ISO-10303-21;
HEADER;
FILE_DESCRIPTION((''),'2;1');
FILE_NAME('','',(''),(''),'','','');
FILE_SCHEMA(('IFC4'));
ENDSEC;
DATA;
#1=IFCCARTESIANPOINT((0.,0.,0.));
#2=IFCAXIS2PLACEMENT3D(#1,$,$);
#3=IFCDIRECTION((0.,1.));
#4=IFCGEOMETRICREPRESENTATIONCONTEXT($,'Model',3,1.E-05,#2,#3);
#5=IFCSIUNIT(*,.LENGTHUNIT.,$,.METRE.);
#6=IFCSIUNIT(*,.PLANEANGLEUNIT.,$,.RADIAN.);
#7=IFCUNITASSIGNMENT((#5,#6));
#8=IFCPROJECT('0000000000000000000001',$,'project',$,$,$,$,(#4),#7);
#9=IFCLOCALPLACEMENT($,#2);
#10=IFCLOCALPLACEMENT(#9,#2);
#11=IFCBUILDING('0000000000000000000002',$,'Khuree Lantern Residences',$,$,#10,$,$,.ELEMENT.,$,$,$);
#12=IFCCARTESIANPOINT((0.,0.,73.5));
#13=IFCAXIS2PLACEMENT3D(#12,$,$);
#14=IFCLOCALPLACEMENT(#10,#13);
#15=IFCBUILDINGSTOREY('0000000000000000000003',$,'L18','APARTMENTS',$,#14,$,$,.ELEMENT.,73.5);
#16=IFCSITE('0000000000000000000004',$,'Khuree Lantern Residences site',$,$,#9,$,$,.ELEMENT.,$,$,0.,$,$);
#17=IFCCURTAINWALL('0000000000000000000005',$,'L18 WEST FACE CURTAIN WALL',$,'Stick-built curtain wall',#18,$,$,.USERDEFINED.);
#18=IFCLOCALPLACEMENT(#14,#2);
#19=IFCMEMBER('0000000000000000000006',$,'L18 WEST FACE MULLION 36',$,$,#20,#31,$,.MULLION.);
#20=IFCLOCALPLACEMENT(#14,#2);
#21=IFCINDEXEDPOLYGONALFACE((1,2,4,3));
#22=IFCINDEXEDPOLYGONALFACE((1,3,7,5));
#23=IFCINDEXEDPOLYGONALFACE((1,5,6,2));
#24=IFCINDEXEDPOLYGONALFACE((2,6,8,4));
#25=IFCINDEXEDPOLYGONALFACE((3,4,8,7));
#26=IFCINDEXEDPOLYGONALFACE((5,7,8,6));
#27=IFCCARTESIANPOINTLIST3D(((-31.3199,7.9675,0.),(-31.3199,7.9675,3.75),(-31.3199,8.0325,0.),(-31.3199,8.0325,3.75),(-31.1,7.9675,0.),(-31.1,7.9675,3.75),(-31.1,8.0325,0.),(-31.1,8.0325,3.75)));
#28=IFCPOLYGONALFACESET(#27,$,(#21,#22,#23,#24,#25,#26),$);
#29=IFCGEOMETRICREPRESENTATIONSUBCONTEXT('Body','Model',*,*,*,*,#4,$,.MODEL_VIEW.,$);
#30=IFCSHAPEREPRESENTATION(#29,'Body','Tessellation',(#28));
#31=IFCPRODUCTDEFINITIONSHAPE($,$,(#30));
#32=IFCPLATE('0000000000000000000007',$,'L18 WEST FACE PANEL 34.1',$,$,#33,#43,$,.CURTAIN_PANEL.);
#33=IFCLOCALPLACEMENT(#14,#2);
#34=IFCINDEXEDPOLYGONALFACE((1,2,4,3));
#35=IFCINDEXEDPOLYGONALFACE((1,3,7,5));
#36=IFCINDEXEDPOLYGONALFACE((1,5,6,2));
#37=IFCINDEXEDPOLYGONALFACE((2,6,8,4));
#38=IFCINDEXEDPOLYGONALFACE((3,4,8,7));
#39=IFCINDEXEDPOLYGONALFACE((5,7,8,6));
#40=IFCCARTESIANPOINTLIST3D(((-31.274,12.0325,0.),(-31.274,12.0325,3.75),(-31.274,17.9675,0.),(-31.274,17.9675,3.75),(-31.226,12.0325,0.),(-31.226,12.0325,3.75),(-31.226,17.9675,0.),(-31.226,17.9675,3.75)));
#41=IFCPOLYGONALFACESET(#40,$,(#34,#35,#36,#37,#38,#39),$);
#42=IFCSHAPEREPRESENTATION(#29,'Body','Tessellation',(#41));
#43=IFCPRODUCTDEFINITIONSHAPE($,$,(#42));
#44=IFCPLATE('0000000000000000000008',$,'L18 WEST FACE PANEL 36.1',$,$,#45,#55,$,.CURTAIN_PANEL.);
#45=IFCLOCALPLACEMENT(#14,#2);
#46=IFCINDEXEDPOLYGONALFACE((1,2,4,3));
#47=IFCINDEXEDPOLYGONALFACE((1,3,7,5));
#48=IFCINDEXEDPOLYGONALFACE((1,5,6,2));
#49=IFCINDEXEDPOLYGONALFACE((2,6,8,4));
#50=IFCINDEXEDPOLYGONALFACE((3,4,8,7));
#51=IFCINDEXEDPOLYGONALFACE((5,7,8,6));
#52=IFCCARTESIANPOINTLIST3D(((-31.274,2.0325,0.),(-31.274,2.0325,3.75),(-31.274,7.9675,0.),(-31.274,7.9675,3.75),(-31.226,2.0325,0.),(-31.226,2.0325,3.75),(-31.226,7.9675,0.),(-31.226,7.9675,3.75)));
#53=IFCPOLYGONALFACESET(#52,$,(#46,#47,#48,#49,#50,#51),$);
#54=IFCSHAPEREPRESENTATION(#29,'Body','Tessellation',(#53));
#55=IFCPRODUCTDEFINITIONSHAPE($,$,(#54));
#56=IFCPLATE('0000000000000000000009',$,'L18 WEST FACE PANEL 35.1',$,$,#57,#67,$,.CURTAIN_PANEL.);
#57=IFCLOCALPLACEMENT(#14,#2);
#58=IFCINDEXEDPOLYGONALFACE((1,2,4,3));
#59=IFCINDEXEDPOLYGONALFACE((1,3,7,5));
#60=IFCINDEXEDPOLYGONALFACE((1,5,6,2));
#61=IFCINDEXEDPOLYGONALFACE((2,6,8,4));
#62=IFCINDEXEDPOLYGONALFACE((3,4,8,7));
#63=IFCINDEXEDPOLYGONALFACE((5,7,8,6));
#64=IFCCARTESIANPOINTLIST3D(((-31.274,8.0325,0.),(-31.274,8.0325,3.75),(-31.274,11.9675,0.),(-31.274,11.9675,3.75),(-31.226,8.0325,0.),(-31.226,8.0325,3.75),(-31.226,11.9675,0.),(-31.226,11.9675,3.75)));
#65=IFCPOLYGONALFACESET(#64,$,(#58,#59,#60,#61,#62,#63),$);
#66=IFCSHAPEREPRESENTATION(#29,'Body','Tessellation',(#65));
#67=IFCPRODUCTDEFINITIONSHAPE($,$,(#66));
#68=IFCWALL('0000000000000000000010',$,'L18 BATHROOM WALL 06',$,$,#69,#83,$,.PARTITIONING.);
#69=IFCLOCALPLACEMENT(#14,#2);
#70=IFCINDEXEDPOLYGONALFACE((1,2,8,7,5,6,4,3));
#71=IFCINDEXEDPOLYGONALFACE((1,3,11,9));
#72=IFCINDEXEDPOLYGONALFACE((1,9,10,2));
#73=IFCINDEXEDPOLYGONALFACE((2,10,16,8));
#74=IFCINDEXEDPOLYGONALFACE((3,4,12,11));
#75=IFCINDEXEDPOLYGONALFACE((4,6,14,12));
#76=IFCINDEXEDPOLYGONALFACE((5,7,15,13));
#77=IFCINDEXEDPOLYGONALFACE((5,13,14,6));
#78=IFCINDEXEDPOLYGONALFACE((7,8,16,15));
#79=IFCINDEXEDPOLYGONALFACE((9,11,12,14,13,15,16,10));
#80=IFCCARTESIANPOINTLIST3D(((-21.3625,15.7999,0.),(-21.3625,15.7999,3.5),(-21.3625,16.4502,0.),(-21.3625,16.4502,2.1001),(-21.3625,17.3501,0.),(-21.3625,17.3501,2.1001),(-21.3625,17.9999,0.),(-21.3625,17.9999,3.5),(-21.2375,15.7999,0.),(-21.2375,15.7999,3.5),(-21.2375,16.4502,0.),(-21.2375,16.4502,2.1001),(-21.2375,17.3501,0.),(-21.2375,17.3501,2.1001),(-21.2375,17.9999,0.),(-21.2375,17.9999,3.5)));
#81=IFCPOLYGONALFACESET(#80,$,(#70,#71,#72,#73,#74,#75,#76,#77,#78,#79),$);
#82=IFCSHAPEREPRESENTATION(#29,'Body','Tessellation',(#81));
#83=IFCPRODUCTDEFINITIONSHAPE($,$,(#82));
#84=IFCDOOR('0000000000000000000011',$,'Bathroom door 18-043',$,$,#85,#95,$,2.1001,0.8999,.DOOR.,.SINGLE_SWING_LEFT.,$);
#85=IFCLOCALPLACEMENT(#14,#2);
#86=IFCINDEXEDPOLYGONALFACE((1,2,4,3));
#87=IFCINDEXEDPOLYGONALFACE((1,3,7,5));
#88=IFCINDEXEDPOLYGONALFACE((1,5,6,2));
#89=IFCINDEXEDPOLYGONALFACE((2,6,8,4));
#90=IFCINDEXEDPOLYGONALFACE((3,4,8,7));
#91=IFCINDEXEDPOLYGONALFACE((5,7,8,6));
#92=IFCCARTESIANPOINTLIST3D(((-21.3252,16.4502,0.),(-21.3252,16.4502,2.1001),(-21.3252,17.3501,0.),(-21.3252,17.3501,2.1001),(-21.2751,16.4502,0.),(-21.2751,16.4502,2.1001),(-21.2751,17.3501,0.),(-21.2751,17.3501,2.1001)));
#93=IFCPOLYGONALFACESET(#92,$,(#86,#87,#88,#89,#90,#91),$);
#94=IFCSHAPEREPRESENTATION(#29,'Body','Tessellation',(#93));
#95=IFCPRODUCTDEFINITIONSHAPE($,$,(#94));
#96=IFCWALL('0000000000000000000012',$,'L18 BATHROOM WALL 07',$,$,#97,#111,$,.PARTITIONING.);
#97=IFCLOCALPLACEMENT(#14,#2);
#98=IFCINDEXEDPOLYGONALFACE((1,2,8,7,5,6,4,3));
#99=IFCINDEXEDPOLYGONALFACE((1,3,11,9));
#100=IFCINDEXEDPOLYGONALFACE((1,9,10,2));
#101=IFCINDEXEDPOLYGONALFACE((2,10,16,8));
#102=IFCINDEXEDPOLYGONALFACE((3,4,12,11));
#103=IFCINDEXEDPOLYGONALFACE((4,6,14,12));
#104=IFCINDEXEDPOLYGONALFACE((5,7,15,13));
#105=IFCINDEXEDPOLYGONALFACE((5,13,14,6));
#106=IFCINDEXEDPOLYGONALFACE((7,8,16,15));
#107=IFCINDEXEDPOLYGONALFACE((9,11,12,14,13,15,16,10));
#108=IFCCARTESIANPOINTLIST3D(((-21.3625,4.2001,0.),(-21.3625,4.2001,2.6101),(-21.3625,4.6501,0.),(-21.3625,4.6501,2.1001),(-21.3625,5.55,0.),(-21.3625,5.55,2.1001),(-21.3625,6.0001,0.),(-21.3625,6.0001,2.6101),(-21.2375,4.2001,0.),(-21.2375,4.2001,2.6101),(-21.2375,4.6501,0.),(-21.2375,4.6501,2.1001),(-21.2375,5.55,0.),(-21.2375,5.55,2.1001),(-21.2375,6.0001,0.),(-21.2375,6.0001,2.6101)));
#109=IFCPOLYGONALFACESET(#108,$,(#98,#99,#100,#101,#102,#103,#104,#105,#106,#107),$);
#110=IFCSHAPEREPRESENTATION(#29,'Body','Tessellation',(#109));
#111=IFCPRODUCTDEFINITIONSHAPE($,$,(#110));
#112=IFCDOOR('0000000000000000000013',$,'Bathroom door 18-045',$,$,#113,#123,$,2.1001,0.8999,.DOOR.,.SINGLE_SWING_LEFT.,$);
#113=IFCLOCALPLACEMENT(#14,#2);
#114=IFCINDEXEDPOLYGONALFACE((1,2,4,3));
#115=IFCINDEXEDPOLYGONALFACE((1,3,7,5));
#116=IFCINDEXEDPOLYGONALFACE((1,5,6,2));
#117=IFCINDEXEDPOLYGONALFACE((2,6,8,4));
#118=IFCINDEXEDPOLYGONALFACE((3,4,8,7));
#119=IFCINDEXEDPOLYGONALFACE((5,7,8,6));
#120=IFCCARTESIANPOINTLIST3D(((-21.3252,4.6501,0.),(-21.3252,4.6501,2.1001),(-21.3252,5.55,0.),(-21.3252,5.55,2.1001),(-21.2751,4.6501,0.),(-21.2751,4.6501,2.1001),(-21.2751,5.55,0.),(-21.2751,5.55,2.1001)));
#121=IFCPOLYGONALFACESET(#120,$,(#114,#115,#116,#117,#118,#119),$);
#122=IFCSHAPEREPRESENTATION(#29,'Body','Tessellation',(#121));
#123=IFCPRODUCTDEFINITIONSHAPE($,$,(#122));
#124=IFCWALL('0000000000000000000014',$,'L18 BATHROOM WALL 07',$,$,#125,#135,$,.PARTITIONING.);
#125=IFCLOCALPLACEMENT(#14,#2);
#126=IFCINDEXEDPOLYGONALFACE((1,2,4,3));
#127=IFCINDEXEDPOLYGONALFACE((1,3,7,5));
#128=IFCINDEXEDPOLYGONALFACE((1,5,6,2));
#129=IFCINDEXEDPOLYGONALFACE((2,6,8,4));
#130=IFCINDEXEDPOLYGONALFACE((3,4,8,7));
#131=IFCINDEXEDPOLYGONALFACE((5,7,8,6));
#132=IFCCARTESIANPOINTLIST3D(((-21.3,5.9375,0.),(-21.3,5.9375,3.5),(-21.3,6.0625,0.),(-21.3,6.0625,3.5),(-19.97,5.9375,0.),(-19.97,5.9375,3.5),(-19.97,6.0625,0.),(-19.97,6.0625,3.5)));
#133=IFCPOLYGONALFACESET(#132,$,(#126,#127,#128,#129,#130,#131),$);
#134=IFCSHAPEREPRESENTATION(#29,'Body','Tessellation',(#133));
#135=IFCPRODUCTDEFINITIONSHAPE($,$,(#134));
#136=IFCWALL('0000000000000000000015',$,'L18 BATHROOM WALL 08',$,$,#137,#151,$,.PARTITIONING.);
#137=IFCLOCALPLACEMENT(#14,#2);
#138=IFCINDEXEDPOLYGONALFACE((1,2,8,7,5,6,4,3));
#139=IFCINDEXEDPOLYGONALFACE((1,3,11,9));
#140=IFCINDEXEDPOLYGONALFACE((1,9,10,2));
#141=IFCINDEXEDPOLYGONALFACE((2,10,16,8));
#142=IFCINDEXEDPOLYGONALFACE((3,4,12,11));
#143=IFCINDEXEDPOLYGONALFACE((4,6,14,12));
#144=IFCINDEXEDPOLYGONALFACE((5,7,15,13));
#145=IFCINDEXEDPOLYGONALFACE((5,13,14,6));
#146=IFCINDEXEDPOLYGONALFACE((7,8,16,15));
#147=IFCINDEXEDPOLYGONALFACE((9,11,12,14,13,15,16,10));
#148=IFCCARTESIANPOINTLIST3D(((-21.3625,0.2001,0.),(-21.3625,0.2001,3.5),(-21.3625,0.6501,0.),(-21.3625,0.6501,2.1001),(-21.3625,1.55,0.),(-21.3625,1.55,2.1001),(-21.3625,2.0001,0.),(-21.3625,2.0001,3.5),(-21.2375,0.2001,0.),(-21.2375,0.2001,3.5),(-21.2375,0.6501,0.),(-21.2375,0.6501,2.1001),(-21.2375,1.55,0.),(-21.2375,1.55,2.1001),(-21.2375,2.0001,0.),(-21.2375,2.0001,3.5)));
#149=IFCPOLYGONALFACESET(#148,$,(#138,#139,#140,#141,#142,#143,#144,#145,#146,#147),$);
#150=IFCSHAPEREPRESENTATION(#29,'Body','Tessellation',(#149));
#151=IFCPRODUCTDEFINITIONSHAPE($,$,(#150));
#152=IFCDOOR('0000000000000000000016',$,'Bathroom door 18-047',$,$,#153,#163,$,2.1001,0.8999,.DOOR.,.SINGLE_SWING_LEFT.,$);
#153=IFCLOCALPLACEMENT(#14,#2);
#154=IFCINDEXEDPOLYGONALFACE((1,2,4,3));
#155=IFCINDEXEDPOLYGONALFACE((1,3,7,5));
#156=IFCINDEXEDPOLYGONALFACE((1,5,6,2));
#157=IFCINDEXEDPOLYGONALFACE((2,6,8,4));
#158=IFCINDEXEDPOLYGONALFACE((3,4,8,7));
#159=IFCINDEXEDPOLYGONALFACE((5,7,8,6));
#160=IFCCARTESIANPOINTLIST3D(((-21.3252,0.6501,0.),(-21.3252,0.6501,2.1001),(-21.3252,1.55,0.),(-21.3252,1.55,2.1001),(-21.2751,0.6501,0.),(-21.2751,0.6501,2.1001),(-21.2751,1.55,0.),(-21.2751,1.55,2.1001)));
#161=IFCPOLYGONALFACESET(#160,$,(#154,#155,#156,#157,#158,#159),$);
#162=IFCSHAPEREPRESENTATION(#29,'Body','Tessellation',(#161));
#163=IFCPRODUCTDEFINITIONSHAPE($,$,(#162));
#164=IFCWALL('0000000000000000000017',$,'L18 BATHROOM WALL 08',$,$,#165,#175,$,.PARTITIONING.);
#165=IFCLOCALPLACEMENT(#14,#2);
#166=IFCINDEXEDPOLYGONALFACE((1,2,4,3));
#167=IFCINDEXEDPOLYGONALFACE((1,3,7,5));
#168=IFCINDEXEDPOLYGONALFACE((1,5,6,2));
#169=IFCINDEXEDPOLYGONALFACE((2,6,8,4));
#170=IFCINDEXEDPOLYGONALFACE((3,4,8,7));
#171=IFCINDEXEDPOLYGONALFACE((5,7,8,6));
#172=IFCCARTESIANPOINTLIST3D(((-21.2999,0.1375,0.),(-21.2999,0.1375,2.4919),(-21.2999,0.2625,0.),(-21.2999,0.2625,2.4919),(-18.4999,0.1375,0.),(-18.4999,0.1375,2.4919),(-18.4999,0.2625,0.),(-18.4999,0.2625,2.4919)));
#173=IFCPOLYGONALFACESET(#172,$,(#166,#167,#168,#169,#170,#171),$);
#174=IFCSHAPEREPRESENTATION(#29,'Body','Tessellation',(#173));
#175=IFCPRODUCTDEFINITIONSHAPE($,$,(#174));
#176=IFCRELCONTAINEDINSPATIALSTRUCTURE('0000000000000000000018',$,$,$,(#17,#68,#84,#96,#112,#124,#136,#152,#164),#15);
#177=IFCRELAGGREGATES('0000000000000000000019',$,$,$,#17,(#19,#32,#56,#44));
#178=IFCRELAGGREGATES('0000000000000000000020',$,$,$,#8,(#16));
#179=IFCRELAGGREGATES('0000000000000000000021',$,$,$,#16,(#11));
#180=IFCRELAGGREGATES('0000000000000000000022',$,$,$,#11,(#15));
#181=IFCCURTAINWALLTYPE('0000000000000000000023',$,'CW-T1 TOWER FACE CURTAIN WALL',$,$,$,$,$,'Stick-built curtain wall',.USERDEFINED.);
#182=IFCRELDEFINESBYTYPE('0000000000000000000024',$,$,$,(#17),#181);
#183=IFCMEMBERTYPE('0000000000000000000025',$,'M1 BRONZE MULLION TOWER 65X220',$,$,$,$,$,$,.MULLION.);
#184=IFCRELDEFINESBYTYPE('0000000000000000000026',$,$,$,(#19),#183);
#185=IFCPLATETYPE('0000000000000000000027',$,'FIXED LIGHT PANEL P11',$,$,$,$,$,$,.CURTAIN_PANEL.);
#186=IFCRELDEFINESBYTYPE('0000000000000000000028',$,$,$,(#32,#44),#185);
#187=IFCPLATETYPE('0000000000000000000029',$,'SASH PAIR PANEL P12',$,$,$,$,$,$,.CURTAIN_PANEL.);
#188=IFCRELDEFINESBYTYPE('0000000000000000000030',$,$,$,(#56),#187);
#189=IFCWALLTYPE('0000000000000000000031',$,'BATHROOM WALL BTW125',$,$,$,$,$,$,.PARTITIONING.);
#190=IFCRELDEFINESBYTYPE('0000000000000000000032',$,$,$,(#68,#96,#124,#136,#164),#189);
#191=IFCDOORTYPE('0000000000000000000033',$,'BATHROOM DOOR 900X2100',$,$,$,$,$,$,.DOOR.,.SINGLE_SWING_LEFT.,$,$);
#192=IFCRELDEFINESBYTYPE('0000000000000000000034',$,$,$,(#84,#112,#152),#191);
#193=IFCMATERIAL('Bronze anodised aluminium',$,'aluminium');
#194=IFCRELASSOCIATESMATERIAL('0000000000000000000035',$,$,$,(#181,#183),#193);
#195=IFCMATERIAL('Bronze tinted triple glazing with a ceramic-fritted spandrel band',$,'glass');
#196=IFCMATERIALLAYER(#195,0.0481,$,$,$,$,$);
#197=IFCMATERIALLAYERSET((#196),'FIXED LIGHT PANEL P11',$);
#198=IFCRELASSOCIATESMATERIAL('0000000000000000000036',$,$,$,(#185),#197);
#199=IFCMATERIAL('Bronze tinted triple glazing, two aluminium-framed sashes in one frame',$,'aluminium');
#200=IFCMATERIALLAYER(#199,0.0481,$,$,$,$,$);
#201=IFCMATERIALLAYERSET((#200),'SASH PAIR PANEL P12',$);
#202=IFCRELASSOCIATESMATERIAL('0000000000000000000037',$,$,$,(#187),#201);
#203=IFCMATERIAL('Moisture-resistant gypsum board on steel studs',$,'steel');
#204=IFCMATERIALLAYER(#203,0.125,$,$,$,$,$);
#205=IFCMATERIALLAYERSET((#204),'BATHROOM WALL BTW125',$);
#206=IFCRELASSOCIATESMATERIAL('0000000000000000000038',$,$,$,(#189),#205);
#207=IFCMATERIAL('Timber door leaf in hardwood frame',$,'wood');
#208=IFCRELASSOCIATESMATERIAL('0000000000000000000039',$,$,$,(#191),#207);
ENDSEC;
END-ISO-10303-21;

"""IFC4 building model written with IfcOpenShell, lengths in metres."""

from ifc_helpers import new_model, si_unit, direction, frame, frame_2d, origin, origin_2d, place, context, subcontext, project, spatial, rectangle, extrude, material, layer, layer_set, material_profile, profile_set, type_object, element, fill, aggregate, save


model = new_model("IFC4")

# Units and contexts
model_context = context("Model", 3, precision=1e-05, world=origin(), true_north=direction((0.0, 1.0)))
body_context = subcontext(model_context, "Body", "Model", "MODEL_VIEW")
ifc_project = project(units=[si_unit("LENGTHUNIT", "METRE"), si_unit("PLANEANGLEUNIT", "RADIAN")], contexts=[model_context])

# Site, building, storey
site_placement = place(None, origin())
site = spatial("IfcSite", under=ifc_project, at=site_placement, Name="Khuree Lantern Residences site", CompositionType="ELEMENT", RefElevation=0.0)
building_placement = place(site_placement, origin())
building = spatial("IfcBuilding", under=site, at=building_placement, Name="Khuree Lantern Residences", CompositionType="ELEMENT")
storey_placement = place(building_placement, frame((0.0, 0.0, 73.5)))
storey = spatial("IfcBuildingStorey", under=building, at=storey_placement, Name="L18", Description="APARTMENTS", CompositionType="ELEMENT", Elevation=73.5)

# Curtain wall
ifc_material_1 = material(Name="Bronze anodised aluminium", Category="aluminium")
curtain_wall_type = type_object("IfcCurtainWallType", Name="CW-T1 TOWER FACE CURTAIN WALL", ElementType="Stick-built curtain wall", PredefinedType="USERDEFINED", material=ifc_material_1)
curtain_wall_placement = place(storey_placement, origin())
curtain_wall = element("IfcCurtainWall", 1, at=curtain_wall_placement, inside=storey, type_object=curtain_wall_type, Name="L18 WEST FACE CURTAIN WALL", ObjectType="Stick-built curtain wall", PredefinedType="USERDEFINED")

# Member
ifc_material_profile_1 = material_profile(ifc_material_1, rectangle(XDim=0.0649, YDim=0.22, at=origin_2d()), Name="M1 65X220")
ifc_profile_set_1 = profile_set([ifc_material_profile_1], Name="Bronze anodised aluminium")
member_type_1 = type_object("IfcMemberType", Name="M1 BRONZE MULLION TOWER 65X220", PredefinedType="MULLION", material=ifc_profile_set_1)
member_1_placement = place(storey_placement, frame((-31.21, 8.0, 0.0), z_axis=(0.0, 0.0, 1.0), x_axis=(0.0, -1.0, 0.0)))
member_1 = element("IfcMember", 2, at=member_1_placement, type_object=member_type_1, Name="L18 WEST FACE MULLION 36", PredefinedType="MULLION", context=body_context, shape_type="SweptSolid", body=[
    extrude(rectangle(XDim=0.0649, YDim=0.22, at=origin_2d()), origin(), (0.0, 0.0, 1.0), 3.75),
])

# Plates
ifc_material_2 = material(Name="Bronze tinted triple glazing with a ceramic-fritted spandrel band", Category="glass")
ifc_layer_1 = layer(ifc_material_2, 0.0481)
ifc_layer_set_1 = layer_set([ifc_layer_1], Name="FIXED LIGHT PANEL P11")
plate_type_1 = type_object("IfcPlateType", Name="FIXED LIGHT PANEL P11", PredefinedType="CURTAIN_PANEL", material=ifc_layer_set_1)
plate_1_placement = place(storey_placement, frame((-31.25, 15.0, 0.0), z_axis=(0.0, 0.0, 1.0), x_axis=(0.0, -1.0, 0.0)))
plate_1 = element("IfcPlate", 3, at=plate_1_placement, type_object=plate_type_1, Name="L18 WEST FACE PANEL 34.1", PredefinedType="CURTAIN_PANEL", context=body_context, shape_type="SweptSolid", body=[
    extrude(rectangle(XDim=5.9351, YDim=0.0481, at=origin_2d()), origin(), (0.0, 0.0, 1.0), 3.75),
])
plate_2_placement = place(storey_placement, frame((-31.25, 5.0, 0.0), z_axis=(0.0, 0.0, 1.0), x_axis=(0.0, -1.0, 0.0)))
plate_2 = element("IfcPlate", 4, at=plate_2_placement, type_object=plate_type_1, Name="L18 WEST FACE PANEL 36.1", PredefinedType="CURTAIN_PANEL", context=body_context, shape_type="SweptSolid", body=[
    extrude(rectangle(XDim=5.9351, YDim=0.0481, at=origin_2d()), origin(), (0.0, 0.0, 1.0), 3.75),
])
ifc_material_3 = material(Name="Bronze tinted triple glazing, two aluminium-framed sashes in one frame", Category="aluminium")
ifc_layer_2 = layer(ifc_material_3, 0.0481)
ifc_layer_set_2 = layer_set([ifc_layer_2], Name="SASH PAIR PANEL P12")
plate_type_2 = type_object("IfcPlateType", Name="SASH PAIR PANEL P12", PredefinedType="CURTAIN_PANEL", material=ifc_layer_set_2)
plate_3_placement = place(storey_placement, frame((-31.25, 10.0, 0.0), z_axis=(0.0, 0.0, 1.0), x_axis=(0.0, -1.0, 0.0)))
plate_3 = element("IfcPlate", 5, at=plate_3_placement, type_object=plate_type_2, Name="L18 WEST FACE PANEL 35.1", PredefinedType="CURTAIN_PANEL", context=body_context, shape_type="SweptSolid", body=[
    extrude(rectangle(XDim=3.9351, YDim=0.0481, at=origin_2d()), origin(), (0.0, 0.0, 1.0), 3.75),
])
aggregate(curtain_wall, [member_1, plate_1, plate_3, plate_2])

# Walls, openings, doors
ifc_material_4 = material(Name="Moisture-resistant gypsum board on steel studs", Category="steel")
ifc_layer_3 = layer(ifc_material_4, 0.125)
ifc_layer_set_3 = layer_set([ifc_layer_3], Name="BATHROOM WALL BTW125")
wall_type_1 = type_object("IfcWallType", Name="BATHROOM WALL BTW125", PredefinedType="PARTITIONING", material=ifc_layer_set_3)
wall_1_placement = place(storey_placement, frame((-21.3, 18.0, 0.0), z_axis=(0.0, 0.0, 1.0), x_axis=(0.0, -1.0, 0.0)))
wall_1 = element("IfcWall", 6, at=wall_1_placement, inside=storey, type_object=wall_type_1, Name="L18 BATHROOM WALL 06", PredefinedType="PARTITIONING", context=body_context, shape_type="SweptSolid", body=[
    extrude(rectangle(XDim=2.2, YDim=0.125, at=frame_2d((1.1001, 0.0))), origin(), (0.0, 0.0, 1.0), 3.5),
])
opening_1_placement = place(wall_1_placement, frame((0.6499, 0.0, 0.0)))
opening_1 = element("IfcOpeningElement", 7, at=opening_1_placement, cuts=wall_1, PredefinedType="OPENING", context=body_context, shape_type="SweptSolid", body=[
    extrude(rectangle(XDim=0.8999, YDim=2.1001, at=frame_2d((0.45, 1.05))), frame((0.0, 0.0725, 0.0), z_axis=(0.0, -1.0, 0.0), x_axis=(1.0, 0.0, 0.0)), (0.0, 0.0, 1.0), 0.145),
])
ifc_material_5 = material(Name="Timber door leaf in hardwood frame", Category="wood")
door_type_1 = type_object("IfcDoorType", Name="BATHROOM DOOR 900X2100", OperationType="SINGLE_SWING_LEFT", PredefinedType="DOOR", material=ifc_material_5)
door_1_placement = place(opening_1_placement, origin())
door_1 = element("IfcDoor", 8, at=door_1_placement, inside=storey, type_object=door_type_1, Name="Bathroom door 18-043", OperationType="SINGLE_SWING_LEFT", OverallHeight=2.1001, OverallWidth=0.8999, PredefinedType="DOOR", context=body_context, shape_type="SweptSolid", body=[
    extrude(rectangle(XDim=0.8999, YDim=2.1001, at=frame_2d((0.45, 1.05))), frame((0.0, 0.0249, 0.0), z_axis=(0.0, -1.0, 0.0), x_axis=(1.0, 0.0, 0.0)), (0.0, 0.0, 1.0), 0.05),
])
fill(opening_1, door_1)
wall_2_placement = place(storey_placement, frame((-21.3, 6.0, 0.0), z_axis=(0.0, 0.0, 1.0), x_axis=(0.0, -1.0, 0.0)))
wall_2 = element("IfcWall", 9, at=wall_2_placement, inside=storey, type_object=wall_type_1, Name="L18 BATHROOM WALL 07", PredefinedType="PARTITIONING", context=body_context, shape_type="SweptSolid", body=[
    extrude(rectangle(XDim=1.8, YDim=0.125, at=frame_2d((0.8999, 0.0))), origin(), (0.0, 0.0, 1.0), 2.6101),
])
opening_2_placement = place(wall_2_placement, frame((0.45, 0.0, 0.0)))
opening_2 = element("IfcOpeningElement", 10, at=opening_2_placement, cuts=wall_2, PredefinedType="OPENING", context=body_context, shape_type="SweptSolid", body=[
    extrude(rectangle(XDim=0.8999, YDim=2.1001, at=frame_2d((0.45, 1.05))), frame((0.0, 0.0725, 0.0), z_axis=(0.0, -1.0, 0.0), x_axis=(1.0, 0.0, 0.0)), (0.0, 0.0, 1.0), 0.145),
])
door_2_placement = place(opening_2_placement, origin())
door_2 = element("IfcDoor", 11, at=door_2_placement, inside=storey, type_object=door_type_1, Name="Bathroom door 18-045", OperationType="SINGLE_SWING_LEFT", OverallHeight=2.1001, OverallWidth=0.8999, PredefinedType="DOOR", context=body_context, shape_type="SweptSolid", body=[
    extrude(rectangle(XDim=0.8999, YDim=2.1001, at=frame_2d((0.45, 1.05))), frame((0.0, 0.0249, 0.0), z_axis=(0.0, -1.0, 0.0), x_axis=(1.0, 0.0, 0.0)), (0.0, 0.0, 1.0), 0.05),
])
fill(opening_2, door_2)

# Wall
wall_3_placement = place(storey_placement, frame((-19.97, 6.0, 0.0), z_axis=(0.0, 0.0, 1.0), x_axis=(-1.0, 0.0, 0.0)))
element("IfcWall", 12, at=wall_3_placement, inside=storey, type_object=wall_type_1, Name="L18 BATHROOM WALL 07", PredefinedType="PARTITIONING", context=body_context, shape_type="SweptSolid", body=[
    extrude(rectangle(XDim=1.3301, YDim=0.125, at=frame_2d((0.665, 0.0))), origin(), (0.0, 0.0, 1.0), 3.5),
])

# Wall, opening, door
wall_4_placement = place(storey_placement, frame((-21.3, 2.0, 0.0), z_axis=(0.0, 0.0, 1.0), x_axis=(0.0, -1.0, 0.0)))
wall_4 = element("IfcWall", 13, at=wall_4_placement, inside=storey, type_object=wall_type_1, Name="L18 BATHROOM WALL 08", PredefinedType="PARTITIONING", context=body_context, shape_type="SweptSolid", body=[
    extrude(rectangle(XDim=1.8, YDim=0.125, at=frame_2d((0.8999, 0.0))), origin(), (0.0, 0.0, 1.0), 3.5),
])
opening_3_placement = place(wall_4_placement, frame((0.45, 0.0, 0.0)))
opening_3 = element("IfcOpeningElement", 14, at=opening_3_placement, cuts=wall_4, PredefinedType="OPENING", context=body_context, shape_type="SweptSolid", body=[
    extrude(rectangle(XDim=0.8999, YDim=2.1001, at=frame_2d((0.45, 1.05))), frame((0.0, 0.0725, 0.0), z_axis=(0.0, -1.0, 0.0), x_axis=(1.0, 0.0, 0.0)), (0.0, 0.0, 1.0), 0.145),
])
door_3_placement = place(opening_3_placement, origin())
door_3 = element("IfcDoor", 15, at=door_3_placement, inside=storey, type_object=door_type_1, Name="Bathroom door 18-047", OperationType="SINGLE_SWING_LEFT", OverallHeight=2.1001, OverallWidth=0.8999, PredefinedType="DOOR", context=body_context, shape_type="SweptSolid", body=[
    extrude(rectangle(XDim=0.8999, YDim=2.1001, at=frame_2d((0.45, 1.05))), frame((0.0, 0.0249, 0.0), z_axis=(0.0, -1.0, 0.0), x_axis=(1.0, 0.0, 0.0)), (0.0, 0.0, 1.0), 0.05),
])
fill(opening_3, door_3)

# Wall
wall_5_placement = place(storey_placement, frame((-18.5, 0.2, 0.0), z_axis=(0.0, 0.0, 1.0), x_axis=(-1.0, 0.0, 0.0)))
element("IfcWall", 16, at=wall_5_placement, inside=storey, type_object=wall_type_1, Name="L18 BATHROOM WALL 08", PredefinedType="PARTITIONING", context=body_context, shape_type="SweptSolid", body=[
    extrude(rectangle(XDim=2.8, YDim=0.125, at=frame_2d((1.3999, 0.0))), origin(), (0.0, 0.0, 1.0), 2.4919),
])

save(model, "model.ifc")
